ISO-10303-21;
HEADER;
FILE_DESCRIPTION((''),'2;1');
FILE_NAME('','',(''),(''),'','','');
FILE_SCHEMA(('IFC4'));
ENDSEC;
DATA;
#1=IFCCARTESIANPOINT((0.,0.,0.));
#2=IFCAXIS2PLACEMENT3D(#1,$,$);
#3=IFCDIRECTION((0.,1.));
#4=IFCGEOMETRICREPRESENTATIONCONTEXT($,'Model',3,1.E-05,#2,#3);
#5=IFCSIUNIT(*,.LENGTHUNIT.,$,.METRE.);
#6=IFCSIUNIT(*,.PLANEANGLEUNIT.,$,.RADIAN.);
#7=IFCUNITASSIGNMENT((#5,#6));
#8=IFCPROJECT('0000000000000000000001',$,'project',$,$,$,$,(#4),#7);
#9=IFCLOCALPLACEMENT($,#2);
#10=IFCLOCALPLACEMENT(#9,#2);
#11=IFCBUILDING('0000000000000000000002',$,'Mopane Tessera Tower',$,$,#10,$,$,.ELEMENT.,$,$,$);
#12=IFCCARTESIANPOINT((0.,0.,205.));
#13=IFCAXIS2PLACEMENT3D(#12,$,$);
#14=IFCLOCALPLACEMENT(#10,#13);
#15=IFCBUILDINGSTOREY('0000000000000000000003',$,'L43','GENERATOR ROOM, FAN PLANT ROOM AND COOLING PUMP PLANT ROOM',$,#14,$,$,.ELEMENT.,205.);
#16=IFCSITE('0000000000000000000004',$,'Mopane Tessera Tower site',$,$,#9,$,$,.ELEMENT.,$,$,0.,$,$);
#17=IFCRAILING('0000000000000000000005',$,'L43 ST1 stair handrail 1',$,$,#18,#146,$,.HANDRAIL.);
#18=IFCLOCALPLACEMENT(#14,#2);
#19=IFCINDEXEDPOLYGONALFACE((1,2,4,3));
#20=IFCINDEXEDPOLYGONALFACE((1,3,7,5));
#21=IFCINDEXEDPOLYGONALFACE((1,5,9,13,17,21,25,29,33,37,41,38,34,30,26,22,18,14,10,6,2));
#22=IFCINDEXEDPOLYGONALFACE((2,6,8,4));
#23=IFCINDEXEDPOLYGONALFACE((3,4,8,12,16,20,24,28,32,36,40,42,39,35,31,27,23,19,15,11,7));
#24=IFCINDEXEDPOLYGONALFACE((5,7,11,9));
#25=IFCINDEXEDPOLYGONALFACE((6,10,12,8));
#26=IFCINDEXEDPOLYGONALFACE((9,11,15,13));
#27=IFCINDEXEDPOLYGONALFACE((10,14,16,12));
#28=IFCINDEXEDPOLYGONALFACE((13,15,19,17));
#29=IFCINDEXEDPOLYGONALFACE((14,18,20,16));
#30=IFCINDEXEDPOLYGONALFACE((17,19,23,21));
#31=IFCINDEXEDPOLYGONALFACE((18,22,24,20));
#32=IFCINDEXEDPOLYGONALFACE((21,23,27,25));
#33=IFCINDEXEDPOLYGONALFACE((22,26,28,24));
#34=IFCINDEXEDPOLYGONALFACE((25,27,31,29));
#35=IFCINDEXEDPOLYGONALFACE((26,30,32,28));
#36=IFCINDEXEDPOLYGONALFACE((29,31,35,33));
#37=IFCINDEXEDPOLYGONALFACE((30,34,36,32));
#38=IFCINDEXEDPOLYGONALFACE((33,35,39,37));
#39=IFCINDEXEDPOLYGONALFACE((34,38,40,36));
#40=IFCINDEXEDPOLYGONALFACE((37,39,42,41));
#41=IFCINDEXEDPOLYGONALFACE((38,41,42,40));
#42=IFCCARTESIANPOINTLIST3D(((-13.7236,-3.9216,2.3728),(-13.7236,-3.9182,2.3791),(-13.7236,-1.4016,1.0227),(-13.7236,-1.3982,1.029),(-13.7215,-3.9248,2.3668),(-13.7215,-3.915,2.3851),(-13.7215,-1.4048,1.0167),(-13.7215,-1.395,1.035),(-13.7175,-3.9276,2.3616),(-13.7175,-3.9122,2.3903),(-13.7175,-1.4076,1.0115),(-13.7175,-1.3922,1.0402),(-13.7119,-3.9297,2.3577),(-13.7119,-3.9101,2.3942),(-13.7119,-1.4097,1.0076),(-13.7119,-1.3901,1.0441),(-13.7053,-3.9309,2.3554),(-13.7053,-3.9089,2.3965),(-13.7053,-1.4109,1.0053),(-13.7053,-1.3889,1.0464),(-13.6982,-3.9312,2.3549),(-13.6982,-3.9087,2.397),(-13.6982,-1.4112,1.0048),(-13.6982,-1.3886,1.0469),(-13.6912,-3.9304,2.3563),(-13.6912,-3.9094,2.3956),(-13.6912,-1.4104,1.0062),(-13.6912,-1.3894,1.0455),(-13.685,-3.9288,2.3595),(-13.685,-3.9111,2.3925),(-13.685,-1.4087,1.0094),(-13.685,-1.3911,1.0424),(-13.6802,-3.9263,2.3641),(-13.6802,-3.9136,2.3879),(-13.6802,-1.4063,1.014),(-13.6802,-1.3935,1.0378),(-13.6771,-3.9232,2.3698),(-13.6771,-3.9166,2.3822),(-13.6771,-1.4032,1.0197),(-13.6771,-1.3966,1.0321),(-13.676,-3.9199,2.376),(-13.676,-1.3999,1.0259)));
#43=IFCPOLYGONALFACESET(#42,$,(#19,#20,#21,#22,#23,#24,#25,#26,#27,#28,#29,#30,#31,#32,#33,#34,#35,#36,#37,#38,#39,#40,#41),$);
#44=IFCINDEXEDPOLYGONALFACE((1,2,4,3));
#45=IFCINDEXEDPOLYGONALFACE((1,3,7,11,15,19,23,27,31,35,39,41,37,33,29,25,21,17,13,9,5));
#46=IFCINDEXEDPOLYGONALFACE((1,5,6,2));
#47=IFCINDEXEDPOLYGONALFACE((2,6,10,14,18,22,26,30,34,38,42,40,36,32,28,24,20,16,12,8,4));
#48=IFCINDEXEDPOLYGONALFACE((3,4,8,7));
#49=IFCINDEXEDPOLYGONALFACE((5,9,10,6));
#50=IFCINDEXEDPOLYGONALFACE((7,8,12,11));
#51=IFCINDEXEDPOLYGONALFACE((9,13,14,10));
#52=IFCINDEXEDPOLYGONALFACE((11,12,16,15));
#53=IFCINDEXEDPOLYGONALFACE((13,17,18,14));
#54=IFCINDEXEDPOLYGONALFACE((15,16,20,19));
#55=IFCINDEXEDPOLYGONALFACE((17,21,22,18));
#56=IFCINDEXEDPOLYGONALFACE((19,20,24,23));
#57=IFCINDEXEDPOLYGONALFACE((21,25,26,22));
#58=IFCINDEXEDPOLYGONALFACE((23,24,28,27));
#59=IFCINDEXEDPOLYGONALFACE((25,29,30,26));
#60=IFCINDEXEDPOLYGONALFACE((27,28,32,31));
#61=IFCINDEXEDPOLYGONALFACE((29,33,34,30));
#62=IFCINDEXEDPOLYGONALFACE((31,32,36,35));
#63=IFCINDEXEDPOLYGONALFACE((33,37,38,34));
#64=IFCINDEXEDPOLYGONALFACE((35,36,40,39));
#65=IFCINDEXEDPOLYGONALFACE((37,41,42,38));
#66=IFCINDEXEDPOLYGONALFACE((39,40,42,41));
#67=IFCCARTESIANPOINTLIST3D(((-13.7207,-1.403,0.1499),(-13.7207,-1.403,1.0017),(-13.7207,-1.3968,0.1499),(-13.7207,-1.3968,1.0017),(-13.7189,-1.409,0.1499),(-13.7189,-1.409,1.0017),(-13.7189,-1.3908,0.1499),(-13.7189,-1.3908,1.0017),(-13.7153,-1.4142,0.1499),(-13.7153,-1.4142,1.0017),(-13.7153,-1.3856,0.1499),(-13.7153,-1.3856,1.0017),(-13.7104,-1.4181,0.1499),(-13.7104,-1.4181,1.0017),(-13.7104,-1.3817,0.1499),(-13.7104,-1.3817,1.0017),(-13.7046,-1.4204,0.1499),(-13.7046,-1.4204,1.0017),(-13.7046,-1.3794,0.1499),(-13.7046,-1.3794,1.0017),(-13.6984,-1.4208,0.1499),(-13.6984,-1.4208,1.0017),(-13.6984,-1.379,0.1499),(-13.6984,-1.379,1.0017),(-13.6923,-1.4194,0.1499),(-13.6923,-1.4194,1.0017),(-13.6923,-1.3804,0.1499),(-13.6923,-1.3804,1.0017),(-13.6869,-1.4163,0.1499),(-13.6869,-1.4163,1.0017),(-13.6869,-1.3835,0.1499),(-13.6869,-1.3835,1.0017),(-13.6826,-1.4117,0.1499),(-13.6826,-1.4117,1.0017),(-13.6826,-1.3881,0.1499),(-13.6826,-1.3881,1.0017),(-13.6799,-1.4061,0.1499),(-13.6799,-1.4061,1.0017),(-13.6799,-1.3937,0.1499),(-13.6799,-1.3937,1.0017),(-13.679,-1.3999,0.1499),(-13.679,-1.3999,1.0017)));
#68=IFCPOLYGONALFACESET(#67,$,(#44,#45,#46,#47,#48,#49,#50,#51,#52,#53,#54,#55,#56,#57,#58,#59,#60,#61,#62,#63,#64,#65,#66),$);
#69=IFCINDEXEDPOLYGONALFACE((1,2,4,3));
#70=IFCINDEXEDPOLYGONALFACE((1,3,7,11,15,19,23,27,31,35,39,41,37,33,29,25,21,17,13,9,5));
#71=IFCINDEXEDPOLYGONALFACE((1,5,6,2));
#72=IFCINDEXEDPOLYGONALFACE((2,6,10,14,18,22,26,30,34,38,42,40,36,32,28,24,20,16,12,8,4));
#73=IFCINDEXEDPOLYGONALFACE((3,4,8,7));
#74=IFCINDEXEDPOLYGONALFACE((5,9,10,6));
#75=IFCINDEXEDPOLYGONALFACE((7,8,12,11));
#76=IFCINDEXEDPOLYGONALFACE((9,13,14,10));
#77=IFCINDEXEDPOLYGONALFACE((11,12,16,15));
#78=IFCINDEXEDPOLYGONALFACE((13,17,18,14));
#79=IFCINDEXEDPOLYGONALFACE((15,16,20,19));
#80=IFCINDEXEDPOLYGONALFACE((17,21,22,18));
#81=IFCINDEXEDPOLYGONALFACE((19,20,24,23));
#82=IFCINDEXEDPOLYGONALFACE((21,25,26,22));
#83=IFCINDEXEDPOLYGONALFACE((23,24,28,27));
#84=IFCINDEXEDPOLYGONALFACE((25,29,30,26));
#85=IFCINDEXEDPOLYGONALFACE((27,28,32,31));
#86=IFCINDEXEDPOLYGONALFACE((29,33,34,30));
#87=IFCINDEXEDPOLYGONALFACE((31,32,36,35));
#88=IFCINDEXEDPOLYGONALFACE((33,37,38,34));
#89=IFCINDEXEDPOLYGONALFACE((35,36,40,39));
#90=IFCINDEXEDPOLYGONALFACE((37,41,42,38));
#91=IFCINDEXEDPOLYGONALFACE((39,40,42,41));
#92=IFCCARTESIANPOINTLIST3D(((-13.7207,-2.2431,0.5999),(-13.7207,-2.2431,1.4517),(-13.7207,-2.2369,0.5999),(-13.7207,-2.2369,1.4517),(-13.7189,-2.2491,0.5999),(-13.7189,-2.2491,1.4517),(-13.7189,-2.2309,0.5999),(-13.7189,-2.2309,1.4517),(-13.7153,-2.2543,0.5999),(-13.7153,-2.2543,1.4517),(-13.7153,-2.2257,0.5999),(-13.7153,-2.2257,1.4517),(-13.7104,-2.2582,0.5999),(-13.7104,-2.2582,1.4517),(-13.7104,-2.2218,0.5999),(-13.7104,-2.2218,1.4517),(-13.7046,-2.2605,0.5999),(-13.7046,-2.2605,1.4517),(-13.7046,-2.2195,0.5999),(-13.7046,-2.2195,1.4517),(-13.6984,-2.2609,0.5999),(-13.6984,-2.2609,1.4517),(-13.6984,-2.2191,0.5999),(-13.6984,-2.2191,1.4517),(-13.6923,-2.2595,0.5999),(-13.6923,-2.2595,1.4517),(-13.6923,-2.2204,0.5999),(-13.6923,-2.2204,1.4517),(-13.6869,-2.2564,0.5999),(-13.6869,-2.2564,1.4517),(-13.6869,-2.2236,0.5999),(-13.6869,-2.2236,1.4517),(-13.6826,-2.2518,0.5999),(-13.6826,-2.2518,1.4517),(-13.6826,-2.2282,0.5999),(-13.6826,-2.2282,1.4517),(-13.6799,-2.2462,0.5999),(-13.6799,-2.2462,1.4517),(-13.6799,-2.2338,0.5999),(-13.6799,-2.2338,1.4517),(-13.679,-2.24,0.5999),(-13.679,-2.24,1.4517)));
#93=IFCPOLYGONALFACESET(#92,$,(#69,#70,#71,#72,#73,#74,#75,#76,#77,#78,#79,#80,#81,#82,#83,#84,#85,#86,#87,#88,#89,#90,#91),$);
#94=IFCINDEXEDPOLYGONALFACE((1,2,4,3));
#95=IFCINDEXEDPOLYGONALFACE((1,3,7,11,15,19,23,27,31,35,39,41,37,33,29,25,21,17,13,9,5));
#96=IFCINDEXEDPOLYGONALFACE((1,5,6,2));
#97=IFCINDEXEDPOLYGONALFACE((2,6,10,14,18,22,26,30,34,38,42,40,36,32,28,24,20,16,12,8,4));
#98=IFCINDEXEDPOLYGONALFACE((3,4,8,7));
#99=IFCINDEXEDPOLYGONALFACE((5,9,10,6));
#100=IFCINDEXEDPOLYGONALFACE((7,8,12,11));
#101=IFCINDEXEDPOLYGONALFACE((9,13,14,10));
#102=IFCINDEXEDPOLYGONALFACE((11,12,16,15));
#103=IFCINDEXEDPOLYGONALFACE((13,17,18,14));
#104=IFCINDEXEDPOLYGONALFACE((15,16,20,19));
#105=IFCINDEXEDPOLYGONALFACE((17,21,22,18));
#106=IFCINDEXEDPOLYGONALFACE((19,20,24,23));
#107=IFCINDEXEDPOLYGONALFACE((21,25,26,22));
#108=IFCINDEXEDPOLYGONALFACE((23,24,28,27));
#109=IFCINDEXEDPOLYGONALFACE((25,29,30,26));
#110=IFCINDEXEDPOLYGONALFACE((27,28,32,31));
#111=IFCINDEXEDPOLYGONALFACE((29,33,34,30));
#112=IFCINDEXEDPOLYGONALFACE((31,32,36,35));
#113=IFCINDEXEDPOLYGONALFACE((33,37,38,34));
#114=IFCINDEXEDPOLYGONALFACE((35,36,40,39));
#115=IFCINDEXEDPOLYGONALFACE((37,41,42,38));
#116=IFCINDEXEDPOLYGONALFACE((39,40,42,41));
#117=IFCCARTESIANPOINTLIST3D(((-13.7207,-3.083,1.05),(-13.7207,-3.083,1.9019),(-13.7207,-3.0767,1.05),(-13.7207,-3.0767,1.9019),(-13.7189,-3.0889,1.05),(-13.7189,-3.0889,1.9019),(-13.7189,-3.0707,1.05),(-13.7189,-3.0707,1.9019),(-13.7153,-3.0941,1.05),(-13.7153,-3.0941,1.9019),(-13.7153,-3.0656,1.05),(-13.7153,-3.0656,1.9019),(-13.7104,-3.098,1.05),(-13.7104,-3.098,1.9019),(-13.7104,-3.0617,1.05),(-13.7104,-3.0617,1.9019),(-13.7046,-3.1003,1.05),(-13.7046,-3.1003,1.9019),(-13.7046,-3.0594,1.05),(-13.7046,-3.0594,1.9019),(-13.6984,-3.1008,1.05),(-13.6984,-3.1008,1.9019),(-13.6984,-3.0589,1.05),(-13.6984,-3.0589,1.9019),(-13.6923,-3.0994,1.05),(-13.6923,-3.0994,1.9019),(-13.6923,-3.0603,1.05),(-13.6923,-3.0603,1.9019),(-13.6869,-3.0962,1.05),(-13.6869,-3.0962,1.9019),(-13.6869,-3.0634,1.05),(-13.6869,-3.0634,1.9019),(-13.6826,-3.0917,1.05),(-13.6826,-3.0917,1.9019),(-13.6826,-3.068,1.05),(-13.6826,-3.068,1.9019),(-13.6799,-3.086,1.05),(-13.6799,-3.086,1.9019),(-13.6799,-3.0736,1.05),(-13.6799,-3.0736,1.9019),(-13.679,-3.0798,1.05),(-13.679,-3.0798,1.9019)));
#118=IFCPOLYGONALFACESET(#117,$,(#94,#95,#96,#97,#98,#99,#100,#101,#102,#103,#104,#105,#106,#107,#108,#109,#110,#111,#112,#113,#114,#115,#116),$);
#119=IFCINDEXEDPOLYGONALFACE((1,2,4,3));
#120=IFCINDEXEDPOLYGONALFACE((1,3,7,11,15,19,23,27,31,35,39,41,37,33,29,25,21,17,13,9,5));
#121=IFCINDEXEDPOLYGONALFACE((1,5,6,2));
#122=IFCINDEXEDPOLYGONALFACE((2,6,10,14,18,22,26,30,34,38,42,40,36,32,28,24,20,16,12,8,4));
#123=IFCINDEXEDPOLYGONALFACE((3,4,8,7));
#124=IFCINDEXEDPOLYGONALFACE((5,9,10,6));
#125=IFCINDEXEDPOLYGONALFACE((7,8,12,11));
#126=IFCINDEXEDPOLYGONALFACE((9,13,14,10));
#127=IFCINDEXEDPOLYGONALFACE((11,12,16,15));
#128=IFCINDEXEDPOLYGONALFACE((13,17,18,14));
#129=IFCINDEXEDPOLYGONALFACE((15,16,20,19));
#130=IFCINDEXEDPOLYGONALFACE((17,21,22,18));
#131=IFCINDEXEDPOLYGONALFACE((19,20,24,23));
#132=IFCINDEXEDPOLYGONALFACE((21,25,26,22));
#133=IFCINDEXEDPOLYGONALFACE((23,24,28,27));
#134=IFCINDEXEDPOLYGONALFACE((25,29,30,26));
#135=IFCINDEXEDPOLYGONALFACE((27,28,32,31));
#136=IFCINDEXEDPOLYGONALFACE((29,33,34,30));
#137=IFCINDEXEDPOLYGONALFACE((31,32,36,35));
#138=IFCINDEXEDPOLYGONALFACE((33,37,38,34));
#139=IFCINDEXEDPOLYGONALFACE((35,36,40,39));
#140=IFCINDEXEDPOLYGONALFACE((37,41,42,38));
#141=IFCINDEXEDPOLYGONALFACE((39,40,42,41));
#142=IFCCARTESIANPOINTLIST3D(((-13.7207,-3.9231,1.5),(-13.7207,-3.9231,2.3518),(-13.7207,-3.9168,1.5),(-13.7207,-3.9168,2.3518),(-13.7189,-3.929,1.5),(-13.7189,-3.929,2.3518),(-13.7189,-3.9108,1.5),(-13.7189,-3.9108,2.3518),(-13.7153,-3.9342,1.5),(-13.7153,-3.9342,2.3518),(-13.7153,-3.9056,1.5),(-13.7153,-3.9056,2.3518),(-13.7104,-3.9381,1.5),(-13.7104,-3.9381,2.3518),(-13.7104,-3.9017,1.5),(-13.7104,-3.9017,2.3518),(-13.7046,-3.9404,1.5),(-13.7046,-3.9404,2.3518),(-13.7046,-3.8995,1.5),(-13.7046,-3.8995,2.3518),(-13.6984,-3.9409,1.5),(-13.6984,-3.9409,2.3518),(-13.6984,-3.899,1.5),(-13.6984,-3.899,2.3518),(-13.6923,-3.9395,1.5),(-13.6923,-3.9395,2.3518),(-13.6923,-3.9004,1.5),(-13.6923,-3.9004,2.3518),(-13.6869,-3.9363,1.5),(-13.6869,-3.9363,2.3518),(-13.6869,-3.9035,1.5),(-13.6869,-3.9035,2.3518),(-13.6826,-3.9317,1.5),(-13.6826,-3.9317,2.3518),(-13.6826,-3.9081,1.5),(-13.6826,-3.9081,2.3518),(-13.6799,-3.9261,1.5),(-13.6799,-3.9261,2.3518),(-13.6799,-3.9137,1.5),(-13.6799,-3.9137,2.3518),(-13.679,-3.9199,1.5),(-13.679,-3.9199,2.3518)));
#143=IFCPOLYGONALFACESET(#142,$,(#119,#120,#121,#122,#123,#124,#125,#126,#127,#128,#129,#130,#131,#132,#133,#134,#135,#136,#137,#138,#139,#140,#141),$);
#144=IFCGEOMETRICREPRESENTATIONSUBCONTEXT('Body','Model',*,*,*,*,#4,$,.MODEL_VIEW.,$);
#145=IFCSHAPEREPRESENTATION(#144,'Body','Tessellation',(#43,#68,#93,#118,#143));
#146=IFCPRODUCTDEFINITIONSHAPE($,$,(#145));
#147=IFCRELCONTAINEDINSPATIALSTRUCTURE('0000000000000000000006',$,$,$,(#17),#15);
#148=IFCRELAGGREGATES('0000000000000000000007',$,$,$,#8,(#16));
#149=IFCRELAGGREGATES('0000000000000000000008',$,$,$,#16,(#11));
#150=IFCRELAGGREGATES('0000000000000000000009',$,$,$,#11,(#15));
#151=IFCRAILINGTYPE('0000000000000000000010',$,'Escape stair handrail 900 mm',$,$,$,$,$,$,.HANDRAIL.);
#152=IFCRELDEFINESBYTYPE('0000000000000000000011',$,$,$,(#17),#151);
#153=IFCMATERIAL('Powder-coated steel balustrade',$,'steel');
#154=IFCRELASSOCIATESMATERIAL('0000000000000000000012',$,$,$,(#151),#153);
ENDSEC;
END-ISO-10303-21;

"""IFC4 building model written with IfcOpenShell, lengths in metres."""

from ifc_helpers import new_model, si_unit, direction, frame, origin, origin_2d, place, context, subcontext, project, spatial, circle, extrude, material, type_object, element, save


model = new_model("IFC4")

# Units and contexts
model_context = context("Model", 3, precision=1e-05, world=origin(), true_north=direction((0.0, 1.0)))
body_context = subcontext(model_context, "Body", "Model", "MODEL_VIEW")
ifc_project = project(units=[si_unit("LENGTHUNIT", "METRE"), si_unit("PLANEANGLEUNIT", "RADIAN")], contexts=[model_context])

# Site, building, storey
site_placement = place(None, origin())
site = spatial("IfcSite", under=ifc_project, at=site_placement, Name="Mopane Tessera Tower site", CompositionType="ELEMENT", RefElevation=0.0)
building_placement = place(site_placement, origin())
building = spatial("IfcBuilding", under=site, at=building_placement, Name="Mopane Tessera Tower", CompositionType="ELEMENT")
storey_placement = place(building_placement, frame((0.0, 0.0, 205.0)))
storey = spatial("IfcBuildingStorey", under=building, at=storey_placement, Name="L43", Description="GENERATOR ROOM, FAN PLANT ROOM AND COOLING PUMP PLANT ROOM", CompositionType="ELEMENT", Elevation=205.0)

# Railing
ifc_material_1 = material(Name="Powder-coated steel balustrade", Category="steel")
railing_type_1 = type_object("IfcRailingType", Name="Escape stair handrail 900 mm", PredefinedType="HANDRAIL", material=ifc_material_1)
railing_1_placement = place(storey_placement, frame((-13.7, -1.3999, 0.1499)))
element("IfcRailing", 1, at=railing_1_placement, inside=storey, type_object=railing_type_1, Name="L43 ST1 stair handrail 1", PredefinedType="HANDRAIL", context=body_context, shape_type="SweptSolid", body=[
    extrude(circle(Radius=0.0239, at=origin_2d()), frame((0.0, 0.0, 0.876), z_axis=(0.0, -0.881467, 0.472245), x_axis=(1.0, 0.0, 0.0)), (0.0, 0.0, 1.0), 2.8589),
    extrude(circle(Radius=0.021, at=origin_2d()), origin(), (0.0, 0.0, 1.0), 0.8518),
    extrude(circle(Radius=0.021, at=origin_2d()), frame((0.0, -0.8401, 0.45)), (0.0, 0.0, 1.0), 0.8518),
    extrude(circle(Radius=0.021, at=origin_2d()), frame((0.0, -1.6799, 0.9001)), (0.0, 0.0, 1.0), 0.8518),
    extrude(circle(Radius=0.021, at=origin_2d()), frame((0.0, -2.52, 1.3501)), (0.0, 0.0, 1.0), 0.8518),
])

save(model, "model.ifc")
